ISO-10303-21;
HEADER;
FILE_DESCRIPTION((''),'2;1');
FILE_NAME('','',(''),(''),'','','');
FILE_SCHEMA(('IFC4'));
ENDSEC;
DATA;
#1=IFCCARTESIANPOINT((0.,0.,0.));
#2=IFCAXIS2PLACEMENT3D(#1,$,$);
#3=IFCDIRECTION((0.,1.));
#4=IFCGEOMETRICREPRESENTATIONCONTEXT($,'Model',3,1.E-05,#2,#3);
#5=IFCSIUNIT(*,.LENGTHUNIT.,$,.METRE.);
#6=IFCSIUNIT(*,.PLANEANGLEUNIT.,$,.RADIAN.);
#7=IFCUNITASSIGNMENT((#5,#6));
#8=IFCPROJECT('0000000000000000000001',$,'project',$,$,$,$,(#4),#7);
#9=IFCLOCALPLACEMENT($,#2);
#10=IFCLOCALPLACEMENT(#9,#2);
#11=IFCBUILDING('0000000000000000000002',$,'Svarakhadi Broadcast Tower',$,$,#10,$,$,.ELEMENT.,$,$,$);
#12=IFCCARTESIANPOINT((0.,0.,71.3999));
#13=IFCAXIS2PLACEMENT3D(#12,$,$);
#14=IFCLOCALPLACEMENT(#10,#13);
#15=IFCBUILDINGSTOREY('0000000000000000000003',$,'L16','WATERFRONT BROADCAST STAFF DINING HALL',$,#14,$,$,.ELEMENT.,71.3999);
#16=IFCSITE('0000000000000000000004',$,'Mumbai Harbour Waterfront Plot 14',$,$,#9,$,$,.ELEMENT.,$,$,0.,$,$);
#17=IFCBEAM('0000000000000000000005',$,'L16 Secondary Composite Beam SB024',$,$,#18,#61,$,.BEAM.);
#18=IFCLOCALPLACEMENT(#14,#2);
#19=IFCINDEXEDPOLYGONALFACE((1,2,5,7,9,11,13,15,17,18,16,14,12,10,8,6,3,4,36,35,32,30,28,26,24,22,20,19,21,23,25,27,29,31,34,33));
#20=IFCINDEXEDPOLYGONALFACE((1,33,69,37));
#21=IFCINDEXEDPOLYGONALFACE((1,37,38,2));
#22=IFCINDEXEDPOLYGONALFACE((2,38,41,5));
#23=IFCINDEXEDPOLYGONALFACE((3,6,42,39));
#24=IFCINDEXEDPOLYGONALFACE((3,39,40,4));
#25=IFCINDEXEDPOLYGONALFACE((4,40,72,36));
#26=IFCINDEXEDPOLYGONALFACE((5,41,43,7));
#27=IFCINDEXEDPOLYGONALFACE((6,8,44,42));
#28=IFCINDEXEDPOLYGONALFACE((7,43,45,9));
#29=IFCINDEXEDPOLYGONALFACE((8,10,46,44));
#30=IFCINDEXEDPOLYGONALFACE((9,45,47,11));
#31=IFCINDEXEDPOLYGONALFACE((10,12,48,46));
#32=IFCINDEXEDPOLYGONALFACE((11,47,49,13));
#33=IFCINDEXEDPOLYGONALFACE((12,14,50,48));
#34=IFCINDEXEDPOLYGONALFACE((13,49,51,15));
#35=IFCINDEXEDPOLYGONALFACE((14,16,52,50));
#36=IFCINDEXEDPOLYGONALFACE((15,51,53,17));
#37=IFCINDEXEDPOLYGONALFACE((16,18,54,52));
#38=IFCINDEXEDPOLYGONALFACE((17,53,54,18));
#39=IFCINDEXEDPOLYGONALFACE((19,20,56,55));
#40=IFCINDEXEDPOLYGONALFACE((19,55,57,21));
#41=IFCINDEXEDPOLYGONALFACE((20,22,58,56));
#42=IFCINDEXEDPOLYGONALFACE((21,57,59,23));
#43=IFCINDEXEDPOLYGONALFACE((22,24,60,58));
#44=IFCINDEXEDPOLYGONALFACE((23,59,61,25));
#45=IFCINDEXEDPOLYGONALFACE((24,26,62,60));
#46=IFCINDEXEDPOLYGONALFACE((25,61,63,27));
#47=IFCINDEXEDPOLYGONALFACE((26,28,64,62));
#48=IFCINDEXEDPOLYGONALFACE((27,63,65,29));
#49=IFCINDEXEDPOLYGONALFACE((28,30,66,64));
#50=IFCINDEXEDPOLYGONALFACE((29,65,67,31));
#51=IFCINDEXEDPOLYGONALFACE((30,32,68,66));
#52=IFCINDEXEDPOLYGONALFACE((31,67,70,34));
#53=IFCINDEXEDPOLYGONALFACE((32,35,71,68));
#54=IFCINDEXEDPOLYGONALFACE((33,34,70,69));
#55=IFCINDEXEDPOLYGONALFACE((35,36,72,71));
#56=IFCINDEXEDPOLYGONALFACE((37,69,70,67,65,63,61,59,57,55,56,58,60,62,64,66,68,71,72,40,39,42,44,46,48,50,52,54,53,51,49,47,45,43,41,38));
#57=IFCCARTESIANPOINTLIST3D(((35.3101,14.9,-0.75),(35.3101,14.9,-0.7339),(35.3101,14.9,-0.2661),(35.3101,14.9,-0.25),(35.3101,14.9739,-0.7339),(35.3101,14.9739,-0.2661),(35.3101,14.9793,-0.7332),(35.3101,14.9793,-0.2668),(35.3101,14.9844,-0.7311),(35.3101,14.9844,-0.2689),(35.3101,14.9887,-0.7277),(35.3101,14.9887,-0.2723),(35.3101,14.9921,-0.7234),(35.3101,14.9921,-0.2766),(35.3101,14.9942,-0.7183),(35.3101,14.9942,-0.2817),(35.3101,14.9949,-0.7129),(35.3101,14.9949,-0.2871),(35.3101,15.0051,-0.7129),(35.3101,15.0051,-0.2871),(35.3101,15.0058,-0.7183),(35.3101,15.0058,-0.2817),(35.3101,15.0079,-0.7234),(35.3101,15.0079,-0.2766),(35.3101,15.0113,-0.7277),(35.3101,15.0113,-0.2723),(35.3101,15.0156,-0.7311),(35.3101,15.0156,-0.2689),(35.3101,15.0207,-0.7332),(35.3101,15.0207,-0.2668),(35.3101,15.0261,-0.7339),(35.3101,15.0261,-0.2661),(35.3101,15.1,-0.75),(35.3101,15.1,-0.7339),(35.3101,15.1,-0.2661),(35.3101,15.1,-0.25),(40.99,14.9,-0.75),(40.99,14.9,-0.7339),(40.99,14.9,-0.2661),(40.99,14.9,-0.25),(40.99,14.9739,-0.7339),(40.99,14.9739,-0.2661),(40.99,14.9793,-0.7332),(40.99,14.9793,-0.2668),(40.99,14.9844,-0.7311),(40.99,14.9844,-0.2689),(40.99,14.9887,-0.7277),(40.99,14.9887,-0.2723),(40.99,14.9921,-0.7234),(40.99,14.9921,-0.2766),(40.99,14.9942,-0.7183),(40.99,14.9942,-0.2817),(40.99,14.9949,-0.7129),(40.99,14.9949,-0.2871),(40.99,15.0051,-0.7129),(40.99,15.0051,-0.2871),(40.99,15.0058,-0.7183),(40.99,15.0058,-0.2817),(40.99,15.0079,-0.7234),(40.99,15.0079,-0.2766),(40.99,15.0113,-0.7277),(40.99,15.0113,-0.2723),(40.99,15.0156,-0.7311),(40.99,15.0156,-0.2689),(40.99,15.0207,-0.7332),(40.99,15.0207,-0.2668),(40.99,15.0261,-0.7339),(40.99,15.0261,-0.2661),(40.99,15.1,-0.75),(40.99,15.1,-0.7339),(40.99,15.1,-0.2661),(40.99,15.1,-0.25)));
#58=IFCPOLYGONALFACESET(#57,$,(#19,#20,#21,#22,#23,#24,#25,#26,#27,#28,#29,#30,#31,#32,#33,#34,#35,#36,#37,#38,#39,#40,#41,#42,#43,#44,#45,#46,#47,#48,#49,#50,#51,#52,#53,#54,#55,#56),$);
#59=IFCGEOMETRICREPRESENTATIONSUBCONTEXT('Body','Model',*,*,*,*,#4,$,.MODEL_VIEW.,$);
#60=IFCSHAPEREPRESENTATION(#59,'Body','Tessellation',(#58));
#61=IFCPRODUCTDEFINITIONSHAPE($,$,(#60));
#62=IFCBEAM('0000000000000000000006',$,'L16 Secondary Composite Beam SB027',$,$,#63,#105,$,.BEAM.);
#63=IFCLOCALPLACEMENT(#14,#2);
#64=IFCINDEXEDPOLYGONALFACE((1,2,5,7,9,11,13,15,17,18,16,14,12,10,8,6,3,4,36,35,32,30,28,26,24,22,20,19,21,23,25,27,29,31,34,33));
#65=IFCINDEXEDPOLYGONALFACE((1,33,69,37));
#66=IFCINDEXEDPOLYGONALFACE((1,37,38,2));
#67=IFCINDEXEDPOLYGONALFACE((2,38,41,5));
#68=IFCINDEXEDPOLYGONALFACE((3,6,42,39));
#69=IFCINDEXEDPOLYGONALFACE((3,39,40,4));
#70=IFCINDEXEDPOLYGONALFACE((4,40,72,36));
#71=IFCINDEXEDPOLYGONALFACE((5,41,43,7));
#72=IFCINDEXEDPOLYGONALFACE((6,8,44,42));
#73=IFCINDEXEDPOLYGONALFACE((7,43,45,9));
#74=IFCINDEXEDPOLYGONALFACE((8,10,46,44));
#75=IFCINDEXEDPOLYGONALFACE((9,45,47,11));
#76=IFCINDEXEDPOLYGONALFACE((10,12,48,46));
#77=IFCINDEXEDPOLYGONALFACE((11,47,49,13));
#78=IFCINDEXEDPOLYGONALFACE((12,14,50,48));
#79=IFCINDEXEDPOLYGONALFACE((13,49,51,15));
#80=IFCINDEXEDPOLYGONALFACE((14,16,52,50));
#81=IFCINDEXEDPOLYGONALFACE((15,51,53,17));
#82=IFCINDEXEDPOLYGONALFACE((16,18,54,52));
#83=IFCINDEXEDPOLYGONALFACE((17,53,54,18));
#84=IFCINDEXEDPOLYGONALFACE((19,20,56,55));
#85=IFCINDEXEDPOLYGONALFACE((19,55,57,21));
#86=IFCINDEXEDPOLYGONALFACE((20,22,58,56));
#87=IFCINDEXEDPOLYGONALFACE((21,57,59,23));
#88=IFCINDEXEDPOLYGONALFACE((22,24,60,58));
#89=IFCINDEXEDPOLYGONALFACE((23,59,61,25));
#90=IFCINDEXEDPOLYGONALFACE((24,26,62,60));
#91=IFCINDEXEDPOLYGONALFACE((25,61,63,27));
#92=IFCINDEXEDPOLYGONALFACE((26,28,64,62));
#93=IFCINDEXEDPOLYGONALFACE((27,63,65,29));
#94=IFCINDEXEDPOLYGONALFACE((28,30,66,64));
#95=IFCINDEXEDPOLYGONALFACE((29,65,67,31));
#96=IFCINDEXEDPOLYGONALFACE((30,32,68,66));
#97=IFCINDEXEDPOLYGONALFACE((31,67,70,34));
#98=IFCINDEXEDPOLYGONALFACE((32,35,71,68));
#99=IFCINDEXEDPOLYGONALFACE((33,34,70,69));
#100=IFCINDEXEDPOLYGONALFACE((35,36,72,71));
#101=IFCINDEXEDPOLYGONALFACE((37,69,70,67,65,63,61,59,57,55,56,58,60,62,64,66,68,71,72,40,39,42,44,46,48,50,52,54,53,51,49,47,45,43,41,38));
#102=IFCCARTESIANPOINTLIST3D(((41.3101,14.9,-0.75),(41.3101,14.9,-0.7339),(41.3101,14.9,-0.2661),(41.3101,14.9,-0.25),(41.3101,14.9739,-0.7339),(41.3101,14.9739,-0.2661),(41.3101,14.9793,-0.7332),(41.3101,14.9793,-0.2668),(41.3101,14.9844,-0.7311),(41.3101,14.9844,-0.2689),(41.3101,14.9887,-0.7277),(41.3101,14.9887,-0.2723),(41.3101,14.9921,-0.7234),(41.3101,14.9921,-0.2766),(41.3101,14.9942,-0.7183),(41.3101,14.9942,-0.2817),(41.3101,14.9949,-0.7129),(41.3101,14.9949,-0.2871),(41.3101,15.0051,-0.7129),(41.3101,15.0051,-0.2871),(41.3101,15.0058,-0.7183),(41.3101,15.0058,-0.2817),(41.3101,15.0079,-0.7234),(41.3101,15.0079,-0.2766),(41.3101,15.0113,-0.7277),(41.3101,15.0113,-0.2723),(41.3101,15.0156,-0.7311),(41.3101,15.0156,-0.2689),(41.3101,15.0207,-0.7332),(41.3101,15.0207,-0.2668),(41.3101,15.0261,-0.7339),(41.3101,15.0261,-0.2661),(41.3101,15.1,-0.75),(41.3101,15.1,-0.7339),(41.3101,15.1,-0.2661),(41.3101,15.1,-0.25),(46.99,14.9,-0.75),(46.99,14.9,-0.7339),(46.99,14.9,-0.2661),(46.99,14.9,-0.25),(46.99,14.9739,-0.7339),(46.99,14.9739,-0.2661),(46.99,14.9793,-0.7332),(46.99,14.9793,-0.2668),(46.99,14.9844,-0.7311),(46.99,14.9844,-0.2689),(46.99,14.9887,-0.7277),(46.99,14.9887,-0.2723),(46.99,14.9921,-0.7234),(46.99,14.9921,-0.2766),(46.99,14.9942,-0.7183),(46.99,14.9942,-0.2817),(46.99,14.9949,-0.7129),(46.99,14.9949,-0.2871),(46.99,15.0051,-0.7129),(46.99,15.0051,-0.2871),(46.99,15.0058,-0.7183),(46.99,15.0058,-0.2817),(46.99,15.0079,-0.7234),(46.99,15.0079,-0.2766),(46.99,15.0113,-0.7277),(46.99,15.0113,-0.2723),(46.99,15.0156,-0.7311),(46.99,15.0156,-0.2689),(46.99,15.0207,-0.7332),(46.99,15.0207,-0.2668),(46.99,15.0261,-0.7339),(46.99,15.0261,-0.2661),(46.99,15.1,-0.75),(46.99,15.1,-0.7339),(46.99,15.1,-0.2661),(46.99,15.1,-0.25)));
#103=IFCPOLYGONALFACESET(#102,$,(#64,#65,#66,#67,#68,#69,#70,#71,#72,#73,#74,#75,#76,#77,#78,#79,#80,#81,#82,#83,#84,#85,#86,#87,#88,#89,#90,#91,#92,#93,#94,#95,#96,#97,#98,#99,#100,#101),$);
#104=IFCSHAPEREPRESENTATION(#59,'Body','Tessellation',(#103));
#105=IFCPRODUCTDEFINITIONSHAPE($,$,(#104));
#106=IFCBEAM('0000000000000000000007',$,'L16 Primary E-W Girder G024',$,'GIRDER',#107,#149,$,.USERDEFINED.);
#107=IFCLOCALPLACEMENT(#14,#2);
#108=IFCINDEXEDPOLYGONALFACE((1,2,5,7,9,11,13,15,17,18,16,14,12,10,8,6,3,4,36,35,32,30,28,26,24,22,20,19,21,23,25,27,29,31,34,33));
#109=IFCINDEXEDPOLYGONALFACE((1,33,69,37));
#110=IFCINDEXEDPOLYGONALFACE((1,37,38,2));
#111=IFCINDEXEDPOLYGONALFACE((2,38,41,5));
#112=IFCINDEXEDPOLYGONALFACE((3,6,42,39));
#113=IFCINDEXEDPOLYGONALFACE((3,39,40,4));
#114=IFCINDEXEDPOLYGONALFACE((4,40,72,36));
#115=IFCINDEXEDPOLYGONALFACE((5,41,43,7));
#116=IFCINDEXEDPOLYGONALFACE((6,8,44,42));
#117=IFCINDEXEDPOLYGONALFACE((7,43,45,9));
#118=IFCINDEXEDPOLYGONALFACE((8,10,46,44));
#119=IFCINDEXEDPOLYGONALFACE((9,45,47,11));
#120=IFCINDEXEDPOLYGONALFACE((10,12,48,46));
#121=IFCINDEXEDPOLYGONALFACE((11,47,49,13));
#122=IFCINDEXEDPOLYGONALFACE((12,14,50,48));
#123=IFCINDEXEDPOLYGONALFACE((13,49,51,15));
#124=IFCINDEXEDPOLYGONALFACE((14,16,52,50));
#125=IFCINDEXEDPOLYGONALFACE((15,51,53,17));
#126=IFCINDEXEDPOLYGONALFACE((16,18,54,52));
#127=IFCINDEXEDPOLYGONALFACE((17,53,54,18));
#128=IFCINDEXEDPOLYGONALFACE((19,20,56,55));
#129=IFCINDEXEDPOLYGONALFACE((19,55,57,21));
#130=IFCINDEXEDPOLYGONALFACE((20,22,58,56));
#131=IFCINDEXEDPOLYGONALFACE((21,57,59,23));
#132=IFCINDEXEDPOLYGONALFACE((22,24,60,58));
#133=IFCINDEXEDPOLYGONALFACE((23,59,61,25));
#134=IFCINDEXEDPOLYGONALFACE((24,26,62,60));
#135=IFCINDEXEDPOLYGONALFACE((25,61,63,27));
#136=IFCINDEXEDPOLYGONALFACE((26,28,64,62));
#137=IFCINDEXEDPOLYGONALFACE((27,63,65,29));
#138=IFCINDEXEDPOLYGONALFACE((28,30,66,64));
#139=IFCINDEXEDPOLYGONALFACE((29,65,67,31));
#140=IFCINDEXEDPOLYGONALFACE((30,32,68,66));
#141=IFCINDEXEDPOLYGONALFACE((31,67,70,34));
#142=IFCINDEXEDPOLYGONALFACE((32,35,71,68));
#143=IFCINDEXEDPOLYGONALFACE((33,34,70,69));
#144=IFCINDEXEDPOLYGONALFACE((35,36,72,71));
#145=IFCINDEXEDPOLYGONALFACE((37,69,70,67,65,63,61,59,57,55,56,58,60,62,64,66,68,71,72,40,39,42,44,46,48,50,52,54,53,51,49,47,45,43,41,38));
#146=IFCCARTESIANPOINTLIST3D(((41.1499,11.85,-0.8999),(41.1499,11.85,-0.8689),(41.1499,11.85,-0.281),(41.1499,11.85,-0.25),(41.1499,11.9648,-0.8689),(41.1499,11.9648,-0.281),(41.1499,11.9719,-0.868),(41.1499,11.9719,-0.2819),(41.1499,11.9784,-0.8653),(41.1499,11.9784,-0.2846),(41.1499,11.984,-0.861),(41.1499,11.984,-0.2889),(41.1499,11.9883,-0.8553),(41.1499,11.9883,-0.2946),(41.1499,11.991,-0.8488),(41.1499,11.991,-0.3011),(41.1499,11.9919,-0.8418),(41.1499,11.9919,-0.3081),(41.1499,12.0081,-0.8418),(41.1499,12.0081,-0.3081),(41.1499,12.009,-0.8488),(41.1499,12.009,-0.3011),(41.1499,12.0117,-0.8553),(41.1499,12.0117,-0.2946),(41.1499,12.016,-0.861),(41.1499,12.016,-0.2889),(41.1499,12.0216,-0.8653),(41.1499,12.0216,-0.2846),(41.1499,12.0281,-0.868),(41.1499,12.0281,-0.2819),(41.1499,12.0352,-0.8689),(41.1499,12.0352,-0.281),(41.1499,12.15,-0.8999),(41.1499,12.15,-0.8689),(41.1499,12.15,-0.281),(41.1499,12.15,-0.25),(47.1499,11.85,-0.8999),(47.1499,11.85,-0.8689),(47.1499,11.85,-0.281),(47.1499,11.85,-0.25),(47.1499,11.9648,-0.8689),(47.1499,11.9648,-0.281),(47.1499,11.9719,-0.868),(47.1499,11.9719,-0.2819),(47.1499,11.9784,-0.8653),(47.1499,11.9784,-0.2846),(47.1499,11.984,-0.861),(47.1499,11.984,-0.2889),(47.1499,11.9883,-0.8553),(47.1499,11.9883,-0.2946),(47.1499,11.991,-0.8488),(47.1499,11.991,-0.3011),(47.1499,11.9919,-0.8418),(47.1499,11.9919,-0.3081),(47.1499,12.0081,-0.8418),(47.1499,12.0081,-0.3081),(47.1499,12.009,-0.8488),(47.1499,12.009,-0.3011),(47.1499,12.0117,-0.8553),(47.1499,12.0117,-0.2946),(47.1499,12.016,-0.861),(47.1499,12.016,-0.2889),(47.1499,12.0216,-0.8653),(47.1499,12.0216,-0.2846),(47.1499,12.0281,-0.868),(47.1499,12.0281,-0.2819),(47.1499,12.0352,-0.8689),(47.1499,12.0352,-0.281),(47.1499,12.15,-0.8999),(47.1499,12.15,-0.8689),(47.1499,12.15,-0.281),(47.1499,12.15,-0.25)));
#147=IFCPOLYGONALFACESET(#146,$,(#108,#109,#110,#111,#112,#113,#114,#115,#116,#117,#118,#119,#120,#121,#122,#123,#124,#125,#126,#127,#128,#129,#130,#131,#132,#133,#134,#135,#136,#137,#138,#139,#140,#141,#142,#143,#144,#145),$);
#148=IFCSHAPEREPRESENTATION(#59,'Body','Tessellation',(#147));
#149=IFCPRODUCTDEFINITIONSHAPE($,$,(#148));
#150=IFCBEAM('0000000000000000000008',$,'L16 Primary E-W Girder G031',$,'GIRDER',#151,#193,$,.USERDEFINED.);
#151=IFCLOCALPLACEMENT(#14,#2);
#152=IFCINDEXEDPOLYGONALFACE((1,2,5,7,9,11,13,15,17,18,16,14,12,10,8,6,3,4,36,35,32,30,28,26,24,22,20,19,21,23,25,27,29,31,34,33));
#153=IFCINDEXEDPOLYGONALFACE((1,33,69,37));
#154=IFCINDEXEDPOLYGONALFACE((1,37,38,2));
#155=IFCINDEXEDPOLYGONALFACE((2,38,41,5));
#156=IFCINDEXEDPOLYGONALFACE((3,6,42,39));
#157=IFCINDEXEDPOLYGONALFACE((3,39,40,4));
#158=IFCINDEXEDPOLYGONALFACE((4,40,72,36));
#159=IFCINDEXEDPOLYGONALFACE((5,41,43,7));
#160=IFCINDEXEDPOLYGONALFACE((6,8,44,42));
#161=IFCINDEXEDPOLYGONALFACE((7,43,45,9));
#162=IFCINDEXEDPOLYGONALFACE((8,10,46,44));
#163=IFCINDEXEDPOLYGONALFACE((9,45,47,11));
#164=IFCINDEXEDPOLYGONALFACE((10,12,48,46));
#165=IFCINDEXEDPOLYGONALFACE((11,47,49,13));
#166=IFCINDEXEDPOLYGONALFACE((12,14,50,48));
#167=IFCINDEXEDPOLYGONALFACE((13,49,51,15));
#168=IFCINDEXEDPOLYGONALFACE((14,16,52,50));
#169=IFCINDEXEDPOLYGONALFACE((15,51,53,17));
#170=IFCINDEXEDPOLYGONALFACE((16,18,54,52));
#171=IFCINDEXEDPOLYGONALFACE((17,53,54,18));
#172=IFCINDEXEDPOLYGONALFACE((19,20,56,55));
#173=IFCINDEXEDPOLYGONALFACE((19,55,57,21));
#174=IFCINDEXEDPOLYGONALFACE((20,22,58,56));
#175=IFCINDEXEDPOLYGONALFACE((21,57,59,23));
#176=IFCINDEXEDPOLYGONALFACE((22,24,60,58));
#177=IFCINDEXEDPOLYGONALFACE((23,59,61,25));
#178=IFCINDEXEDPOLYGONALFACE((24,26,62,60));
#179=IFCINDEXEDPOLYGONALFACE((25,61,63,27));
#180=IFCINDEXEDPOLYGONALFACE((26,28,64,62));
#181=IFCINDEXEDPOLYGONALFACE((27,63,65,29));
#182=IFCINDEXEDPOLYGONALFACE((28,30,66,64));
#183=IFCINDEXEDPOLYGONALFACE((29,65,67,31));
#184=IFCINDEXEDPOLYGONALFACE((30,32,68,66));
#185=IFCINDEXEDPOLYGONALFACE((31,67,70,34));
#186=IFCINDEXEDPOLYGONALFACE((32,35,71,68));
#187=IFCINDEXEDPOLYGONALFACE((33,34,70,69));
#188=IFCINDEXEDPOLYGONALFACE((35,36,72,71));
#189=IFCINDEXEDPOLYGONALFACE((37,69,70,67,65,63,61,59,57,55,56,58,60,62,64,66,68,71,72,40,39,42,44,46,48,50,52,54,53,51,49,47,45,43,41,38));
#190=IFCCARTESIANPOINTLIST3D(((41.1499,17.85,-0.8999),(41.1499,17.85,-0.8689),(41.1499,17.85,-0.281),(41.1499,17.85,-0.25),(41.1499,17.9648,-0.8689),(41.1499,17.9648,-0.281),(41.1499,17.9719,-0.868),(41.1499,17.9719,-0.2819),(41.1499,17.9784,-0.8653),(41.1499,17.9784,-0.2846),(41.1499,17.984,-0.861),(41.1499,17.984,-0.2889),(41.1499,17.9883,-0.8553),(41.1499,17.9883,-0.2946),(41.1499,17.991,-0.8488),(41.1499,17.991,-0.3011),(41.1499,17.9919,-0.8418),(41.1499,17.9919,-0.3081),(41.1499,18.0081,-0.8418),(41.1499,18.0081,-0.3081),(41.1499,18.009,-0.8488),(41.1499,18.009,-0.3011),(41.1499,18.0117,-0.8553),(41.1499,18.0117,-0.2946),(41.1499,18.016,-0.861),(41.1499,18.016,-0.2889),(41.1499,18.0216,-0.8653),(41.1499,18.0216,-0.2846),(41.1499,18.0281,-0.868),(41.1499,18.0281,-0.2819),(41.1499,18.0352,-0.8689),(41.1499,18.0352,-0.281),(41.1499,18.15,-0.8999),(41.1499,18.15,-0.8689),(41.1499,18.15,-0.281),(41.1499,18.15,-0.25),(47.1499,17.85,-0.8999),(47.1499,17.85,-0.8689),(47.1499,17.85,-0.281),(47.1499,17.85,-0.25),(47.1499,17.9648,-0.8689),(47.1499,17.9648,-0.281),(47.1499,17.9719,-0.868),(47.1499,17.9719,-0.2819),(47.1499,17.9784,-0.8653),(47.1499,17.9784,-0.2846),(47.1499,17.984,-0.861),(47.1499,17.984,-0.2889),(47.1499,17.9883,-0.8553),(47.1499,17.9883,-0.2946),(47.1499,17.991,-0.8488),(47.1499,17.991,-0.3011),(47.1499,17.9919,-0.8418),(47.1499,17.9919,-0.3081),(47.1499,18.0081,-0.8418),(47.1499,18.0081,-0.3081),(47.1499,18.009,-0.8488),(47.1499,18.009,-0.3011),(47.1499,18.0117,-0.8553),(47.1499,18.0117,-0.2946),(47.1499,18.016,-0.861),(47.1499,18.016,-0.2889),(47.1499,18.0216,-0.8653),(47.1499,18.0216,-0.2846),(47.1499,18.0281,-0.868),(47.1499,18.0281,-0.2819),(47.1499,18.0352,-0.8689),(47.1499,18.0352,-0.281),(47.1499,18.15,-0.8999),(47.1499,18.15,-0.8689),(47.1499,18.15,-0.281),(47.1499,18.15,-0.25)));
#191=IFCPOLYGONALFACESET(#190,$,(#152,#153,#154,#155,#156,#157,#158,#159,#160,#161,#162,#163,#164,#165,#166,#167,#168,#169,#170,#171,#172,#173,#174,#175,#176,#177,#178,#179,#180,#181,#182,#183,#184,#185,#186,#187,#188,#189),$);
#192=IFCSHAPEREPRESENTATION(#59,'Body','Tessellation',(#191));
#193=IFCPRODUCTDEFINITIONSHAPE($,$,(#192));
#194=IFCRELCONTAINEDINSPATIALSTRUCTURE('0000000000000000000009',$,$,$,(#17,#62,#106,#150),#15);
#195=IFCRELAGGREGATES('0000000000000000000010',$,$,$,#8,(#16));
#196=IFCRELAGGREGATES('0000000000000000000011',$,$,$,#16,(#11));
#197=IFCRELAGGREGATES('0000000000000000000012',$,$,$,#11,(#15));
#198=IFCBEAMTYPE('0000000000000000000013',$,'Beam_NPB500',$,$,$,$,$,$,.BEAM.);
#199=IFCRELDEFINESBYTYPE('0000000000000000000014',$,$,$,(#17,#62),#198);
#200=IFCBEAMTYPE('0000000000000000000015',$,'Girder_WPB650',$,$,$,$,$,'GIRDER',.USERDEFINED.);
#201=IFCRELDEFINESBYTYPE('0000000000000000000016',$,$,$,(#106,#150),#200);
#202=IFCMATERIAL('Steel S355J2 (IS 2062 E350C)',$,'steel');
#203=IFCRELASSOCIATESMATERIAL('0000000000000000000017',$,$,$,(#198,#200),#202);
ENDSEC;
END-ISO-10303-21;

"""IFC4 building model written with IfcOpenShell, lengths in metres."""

from ifc_helpers import new_model, si_unit, direction, frame, origin, origin_2d, place, context, subcontext, project, spatial, i_section, extrude, material, material_profile, profile_set, type_object, element, save


model = new_model("IFC4")

# Units and contexts
model_context = context("Model", 3, precision=1e-05, world=origin(), true_north=direction((0.0, 1.0)))
body_context = subcontext(model_context, "Body", "Model", "MODEL_VIEW")
ifc_project = project(units=[si_unit("LENGTHUNIT", "METRE"), si_unit("PLANEANGLEUNIT", "RADIAN")], contexts=[model_context])

# Site, building, storey
site_placement = place(None, origin())
site = spatial("IfcSite", under=ifc_project, at=site_placement, Name="Mumbai Harbour Waterfront Plot 14", CompositionType="ELEMENT", RefElevation=0.0)
building_placement = place(site_placement, origin())
building = spatial("IfcBuilding", under=site, at=building_placement, Name="Svarakhadi Broadcast Tower", CompositionType="ELEMENT")
storey_placement = place(building_placement, frame((0.0, 0.0, 71.3999)))
storey = spatial("IfcBuildingStorey", under=building, at=storey_placement, Name="L16", Description="WATERFRONT BROADCAST STAFF DINING HALL", CompositionType="ELEMENT", Elevation=71.3999)

# Beams
ifc_material_1 = material(Name="Steel S355J2 (IS 2062 E350C)", Category="steel")
ifc_material_profile_1 = material_profile(ifc_material_1, i_section(OverallWidth=0.2, OverallDepth=0.5, WebThickness=0.0103, FlangeThickness=0.0161, FilletRadius=0.021, at=origin_2d()), Name="NPB 500x200x91")
ifc_profile_set_1 = profile_set([ifc_material_profile_1], Name="Steel S355J2 (IS 2062 E350C)")
beam_type_1 = type_object("IfcBeamType", Name="Beam_NPB500", PredefinedType="BEAM", material=ifc_profile_set_1)
for number, where, z_axis, x_axis, name in (
    (1, (35.3101, 15.0, -0.5), (1.0, 0.0, 0.0), (0.0, 1.0, 0.0), "L16 Secondary Composite Beam SB024"),
    (2, (41.3101, 15.0, -0.5), (1.0, 0.0, 0.0), (0.0, 1.0, 0.0), "L16 Secondary Composite Beam SB027"),
):
    element("IfcBeam", number, at=place(storey_placement, frame(where, z_axis=z_axis, x_axis=x_axis)), inside=storey, type_object=beam_type_1, Name=name, PredefinedType="BEAM", context=body_context, shape_type="SweptSolid", body=[
        extrude(i_section(OverallWidth=0.2, OverallDepth=0.5, WebThickness=0.0103, FlangeThickness=0.0161, FilletRadius=0.021, at=origin_2d()), origin(), (0.0, 0.0, 1.0), 5.6799),
    ])
ifc_material_profile_2 = material_profile(ifc_material_1, i_section(OverallWidth=0.3, OverallDepth=0.6499, WebThickness=0.0161, FlangeThickness=0.031, FilletRadius=0.0271, at=origin_2d()), Name="WPB 650x300x225")
ifc_profile_set_2 = profile_set([ifc_material_profile_2], Name="Steel S355J2 (IS 2062 E350C)")
beam_type_2 = type_object("IfcBeamType", Name="Girder_WPB650", ElementType="GIRDER", PredefinedType="USERDEFINED", material=ifc_profile_set_2)
for number, where, z_axis, x_axis, name in (
    (3, (41.1499, 12.0, -0.575), (1.0, 0.0, 0.0), (0.0, 1.0, 0.0), "L16 Primary E-W Girder G024"),
    (4, (41.1499, 18.0, -0.575), (1.0, 0.0, 0.0), (0.0, 1.0, 0.0), "L16 Primary E-W Girder G031"),
):
    element("IfcBeam", number, at=place(storey_placement, frame(where, z_axis=z_axis, x_axis=x_axis)), inside=storey, type_object=beam_type_2, Name=name, ObjectType="GIRDER", PredefinedType="USERDEFINED", context=body_context, shape_type="SweptSolid", body=[
        extrude(i_section(OverallWidth=0.3, OverallDepth=0.6499, WebThickness=0.0161, FlangeThickness=0.031, FilletRadius=0.0271, at=origin_2d()), origin(), (0.0, 0.0, 1.0), 6.0),
    ])

save(model, "model.ifc")
